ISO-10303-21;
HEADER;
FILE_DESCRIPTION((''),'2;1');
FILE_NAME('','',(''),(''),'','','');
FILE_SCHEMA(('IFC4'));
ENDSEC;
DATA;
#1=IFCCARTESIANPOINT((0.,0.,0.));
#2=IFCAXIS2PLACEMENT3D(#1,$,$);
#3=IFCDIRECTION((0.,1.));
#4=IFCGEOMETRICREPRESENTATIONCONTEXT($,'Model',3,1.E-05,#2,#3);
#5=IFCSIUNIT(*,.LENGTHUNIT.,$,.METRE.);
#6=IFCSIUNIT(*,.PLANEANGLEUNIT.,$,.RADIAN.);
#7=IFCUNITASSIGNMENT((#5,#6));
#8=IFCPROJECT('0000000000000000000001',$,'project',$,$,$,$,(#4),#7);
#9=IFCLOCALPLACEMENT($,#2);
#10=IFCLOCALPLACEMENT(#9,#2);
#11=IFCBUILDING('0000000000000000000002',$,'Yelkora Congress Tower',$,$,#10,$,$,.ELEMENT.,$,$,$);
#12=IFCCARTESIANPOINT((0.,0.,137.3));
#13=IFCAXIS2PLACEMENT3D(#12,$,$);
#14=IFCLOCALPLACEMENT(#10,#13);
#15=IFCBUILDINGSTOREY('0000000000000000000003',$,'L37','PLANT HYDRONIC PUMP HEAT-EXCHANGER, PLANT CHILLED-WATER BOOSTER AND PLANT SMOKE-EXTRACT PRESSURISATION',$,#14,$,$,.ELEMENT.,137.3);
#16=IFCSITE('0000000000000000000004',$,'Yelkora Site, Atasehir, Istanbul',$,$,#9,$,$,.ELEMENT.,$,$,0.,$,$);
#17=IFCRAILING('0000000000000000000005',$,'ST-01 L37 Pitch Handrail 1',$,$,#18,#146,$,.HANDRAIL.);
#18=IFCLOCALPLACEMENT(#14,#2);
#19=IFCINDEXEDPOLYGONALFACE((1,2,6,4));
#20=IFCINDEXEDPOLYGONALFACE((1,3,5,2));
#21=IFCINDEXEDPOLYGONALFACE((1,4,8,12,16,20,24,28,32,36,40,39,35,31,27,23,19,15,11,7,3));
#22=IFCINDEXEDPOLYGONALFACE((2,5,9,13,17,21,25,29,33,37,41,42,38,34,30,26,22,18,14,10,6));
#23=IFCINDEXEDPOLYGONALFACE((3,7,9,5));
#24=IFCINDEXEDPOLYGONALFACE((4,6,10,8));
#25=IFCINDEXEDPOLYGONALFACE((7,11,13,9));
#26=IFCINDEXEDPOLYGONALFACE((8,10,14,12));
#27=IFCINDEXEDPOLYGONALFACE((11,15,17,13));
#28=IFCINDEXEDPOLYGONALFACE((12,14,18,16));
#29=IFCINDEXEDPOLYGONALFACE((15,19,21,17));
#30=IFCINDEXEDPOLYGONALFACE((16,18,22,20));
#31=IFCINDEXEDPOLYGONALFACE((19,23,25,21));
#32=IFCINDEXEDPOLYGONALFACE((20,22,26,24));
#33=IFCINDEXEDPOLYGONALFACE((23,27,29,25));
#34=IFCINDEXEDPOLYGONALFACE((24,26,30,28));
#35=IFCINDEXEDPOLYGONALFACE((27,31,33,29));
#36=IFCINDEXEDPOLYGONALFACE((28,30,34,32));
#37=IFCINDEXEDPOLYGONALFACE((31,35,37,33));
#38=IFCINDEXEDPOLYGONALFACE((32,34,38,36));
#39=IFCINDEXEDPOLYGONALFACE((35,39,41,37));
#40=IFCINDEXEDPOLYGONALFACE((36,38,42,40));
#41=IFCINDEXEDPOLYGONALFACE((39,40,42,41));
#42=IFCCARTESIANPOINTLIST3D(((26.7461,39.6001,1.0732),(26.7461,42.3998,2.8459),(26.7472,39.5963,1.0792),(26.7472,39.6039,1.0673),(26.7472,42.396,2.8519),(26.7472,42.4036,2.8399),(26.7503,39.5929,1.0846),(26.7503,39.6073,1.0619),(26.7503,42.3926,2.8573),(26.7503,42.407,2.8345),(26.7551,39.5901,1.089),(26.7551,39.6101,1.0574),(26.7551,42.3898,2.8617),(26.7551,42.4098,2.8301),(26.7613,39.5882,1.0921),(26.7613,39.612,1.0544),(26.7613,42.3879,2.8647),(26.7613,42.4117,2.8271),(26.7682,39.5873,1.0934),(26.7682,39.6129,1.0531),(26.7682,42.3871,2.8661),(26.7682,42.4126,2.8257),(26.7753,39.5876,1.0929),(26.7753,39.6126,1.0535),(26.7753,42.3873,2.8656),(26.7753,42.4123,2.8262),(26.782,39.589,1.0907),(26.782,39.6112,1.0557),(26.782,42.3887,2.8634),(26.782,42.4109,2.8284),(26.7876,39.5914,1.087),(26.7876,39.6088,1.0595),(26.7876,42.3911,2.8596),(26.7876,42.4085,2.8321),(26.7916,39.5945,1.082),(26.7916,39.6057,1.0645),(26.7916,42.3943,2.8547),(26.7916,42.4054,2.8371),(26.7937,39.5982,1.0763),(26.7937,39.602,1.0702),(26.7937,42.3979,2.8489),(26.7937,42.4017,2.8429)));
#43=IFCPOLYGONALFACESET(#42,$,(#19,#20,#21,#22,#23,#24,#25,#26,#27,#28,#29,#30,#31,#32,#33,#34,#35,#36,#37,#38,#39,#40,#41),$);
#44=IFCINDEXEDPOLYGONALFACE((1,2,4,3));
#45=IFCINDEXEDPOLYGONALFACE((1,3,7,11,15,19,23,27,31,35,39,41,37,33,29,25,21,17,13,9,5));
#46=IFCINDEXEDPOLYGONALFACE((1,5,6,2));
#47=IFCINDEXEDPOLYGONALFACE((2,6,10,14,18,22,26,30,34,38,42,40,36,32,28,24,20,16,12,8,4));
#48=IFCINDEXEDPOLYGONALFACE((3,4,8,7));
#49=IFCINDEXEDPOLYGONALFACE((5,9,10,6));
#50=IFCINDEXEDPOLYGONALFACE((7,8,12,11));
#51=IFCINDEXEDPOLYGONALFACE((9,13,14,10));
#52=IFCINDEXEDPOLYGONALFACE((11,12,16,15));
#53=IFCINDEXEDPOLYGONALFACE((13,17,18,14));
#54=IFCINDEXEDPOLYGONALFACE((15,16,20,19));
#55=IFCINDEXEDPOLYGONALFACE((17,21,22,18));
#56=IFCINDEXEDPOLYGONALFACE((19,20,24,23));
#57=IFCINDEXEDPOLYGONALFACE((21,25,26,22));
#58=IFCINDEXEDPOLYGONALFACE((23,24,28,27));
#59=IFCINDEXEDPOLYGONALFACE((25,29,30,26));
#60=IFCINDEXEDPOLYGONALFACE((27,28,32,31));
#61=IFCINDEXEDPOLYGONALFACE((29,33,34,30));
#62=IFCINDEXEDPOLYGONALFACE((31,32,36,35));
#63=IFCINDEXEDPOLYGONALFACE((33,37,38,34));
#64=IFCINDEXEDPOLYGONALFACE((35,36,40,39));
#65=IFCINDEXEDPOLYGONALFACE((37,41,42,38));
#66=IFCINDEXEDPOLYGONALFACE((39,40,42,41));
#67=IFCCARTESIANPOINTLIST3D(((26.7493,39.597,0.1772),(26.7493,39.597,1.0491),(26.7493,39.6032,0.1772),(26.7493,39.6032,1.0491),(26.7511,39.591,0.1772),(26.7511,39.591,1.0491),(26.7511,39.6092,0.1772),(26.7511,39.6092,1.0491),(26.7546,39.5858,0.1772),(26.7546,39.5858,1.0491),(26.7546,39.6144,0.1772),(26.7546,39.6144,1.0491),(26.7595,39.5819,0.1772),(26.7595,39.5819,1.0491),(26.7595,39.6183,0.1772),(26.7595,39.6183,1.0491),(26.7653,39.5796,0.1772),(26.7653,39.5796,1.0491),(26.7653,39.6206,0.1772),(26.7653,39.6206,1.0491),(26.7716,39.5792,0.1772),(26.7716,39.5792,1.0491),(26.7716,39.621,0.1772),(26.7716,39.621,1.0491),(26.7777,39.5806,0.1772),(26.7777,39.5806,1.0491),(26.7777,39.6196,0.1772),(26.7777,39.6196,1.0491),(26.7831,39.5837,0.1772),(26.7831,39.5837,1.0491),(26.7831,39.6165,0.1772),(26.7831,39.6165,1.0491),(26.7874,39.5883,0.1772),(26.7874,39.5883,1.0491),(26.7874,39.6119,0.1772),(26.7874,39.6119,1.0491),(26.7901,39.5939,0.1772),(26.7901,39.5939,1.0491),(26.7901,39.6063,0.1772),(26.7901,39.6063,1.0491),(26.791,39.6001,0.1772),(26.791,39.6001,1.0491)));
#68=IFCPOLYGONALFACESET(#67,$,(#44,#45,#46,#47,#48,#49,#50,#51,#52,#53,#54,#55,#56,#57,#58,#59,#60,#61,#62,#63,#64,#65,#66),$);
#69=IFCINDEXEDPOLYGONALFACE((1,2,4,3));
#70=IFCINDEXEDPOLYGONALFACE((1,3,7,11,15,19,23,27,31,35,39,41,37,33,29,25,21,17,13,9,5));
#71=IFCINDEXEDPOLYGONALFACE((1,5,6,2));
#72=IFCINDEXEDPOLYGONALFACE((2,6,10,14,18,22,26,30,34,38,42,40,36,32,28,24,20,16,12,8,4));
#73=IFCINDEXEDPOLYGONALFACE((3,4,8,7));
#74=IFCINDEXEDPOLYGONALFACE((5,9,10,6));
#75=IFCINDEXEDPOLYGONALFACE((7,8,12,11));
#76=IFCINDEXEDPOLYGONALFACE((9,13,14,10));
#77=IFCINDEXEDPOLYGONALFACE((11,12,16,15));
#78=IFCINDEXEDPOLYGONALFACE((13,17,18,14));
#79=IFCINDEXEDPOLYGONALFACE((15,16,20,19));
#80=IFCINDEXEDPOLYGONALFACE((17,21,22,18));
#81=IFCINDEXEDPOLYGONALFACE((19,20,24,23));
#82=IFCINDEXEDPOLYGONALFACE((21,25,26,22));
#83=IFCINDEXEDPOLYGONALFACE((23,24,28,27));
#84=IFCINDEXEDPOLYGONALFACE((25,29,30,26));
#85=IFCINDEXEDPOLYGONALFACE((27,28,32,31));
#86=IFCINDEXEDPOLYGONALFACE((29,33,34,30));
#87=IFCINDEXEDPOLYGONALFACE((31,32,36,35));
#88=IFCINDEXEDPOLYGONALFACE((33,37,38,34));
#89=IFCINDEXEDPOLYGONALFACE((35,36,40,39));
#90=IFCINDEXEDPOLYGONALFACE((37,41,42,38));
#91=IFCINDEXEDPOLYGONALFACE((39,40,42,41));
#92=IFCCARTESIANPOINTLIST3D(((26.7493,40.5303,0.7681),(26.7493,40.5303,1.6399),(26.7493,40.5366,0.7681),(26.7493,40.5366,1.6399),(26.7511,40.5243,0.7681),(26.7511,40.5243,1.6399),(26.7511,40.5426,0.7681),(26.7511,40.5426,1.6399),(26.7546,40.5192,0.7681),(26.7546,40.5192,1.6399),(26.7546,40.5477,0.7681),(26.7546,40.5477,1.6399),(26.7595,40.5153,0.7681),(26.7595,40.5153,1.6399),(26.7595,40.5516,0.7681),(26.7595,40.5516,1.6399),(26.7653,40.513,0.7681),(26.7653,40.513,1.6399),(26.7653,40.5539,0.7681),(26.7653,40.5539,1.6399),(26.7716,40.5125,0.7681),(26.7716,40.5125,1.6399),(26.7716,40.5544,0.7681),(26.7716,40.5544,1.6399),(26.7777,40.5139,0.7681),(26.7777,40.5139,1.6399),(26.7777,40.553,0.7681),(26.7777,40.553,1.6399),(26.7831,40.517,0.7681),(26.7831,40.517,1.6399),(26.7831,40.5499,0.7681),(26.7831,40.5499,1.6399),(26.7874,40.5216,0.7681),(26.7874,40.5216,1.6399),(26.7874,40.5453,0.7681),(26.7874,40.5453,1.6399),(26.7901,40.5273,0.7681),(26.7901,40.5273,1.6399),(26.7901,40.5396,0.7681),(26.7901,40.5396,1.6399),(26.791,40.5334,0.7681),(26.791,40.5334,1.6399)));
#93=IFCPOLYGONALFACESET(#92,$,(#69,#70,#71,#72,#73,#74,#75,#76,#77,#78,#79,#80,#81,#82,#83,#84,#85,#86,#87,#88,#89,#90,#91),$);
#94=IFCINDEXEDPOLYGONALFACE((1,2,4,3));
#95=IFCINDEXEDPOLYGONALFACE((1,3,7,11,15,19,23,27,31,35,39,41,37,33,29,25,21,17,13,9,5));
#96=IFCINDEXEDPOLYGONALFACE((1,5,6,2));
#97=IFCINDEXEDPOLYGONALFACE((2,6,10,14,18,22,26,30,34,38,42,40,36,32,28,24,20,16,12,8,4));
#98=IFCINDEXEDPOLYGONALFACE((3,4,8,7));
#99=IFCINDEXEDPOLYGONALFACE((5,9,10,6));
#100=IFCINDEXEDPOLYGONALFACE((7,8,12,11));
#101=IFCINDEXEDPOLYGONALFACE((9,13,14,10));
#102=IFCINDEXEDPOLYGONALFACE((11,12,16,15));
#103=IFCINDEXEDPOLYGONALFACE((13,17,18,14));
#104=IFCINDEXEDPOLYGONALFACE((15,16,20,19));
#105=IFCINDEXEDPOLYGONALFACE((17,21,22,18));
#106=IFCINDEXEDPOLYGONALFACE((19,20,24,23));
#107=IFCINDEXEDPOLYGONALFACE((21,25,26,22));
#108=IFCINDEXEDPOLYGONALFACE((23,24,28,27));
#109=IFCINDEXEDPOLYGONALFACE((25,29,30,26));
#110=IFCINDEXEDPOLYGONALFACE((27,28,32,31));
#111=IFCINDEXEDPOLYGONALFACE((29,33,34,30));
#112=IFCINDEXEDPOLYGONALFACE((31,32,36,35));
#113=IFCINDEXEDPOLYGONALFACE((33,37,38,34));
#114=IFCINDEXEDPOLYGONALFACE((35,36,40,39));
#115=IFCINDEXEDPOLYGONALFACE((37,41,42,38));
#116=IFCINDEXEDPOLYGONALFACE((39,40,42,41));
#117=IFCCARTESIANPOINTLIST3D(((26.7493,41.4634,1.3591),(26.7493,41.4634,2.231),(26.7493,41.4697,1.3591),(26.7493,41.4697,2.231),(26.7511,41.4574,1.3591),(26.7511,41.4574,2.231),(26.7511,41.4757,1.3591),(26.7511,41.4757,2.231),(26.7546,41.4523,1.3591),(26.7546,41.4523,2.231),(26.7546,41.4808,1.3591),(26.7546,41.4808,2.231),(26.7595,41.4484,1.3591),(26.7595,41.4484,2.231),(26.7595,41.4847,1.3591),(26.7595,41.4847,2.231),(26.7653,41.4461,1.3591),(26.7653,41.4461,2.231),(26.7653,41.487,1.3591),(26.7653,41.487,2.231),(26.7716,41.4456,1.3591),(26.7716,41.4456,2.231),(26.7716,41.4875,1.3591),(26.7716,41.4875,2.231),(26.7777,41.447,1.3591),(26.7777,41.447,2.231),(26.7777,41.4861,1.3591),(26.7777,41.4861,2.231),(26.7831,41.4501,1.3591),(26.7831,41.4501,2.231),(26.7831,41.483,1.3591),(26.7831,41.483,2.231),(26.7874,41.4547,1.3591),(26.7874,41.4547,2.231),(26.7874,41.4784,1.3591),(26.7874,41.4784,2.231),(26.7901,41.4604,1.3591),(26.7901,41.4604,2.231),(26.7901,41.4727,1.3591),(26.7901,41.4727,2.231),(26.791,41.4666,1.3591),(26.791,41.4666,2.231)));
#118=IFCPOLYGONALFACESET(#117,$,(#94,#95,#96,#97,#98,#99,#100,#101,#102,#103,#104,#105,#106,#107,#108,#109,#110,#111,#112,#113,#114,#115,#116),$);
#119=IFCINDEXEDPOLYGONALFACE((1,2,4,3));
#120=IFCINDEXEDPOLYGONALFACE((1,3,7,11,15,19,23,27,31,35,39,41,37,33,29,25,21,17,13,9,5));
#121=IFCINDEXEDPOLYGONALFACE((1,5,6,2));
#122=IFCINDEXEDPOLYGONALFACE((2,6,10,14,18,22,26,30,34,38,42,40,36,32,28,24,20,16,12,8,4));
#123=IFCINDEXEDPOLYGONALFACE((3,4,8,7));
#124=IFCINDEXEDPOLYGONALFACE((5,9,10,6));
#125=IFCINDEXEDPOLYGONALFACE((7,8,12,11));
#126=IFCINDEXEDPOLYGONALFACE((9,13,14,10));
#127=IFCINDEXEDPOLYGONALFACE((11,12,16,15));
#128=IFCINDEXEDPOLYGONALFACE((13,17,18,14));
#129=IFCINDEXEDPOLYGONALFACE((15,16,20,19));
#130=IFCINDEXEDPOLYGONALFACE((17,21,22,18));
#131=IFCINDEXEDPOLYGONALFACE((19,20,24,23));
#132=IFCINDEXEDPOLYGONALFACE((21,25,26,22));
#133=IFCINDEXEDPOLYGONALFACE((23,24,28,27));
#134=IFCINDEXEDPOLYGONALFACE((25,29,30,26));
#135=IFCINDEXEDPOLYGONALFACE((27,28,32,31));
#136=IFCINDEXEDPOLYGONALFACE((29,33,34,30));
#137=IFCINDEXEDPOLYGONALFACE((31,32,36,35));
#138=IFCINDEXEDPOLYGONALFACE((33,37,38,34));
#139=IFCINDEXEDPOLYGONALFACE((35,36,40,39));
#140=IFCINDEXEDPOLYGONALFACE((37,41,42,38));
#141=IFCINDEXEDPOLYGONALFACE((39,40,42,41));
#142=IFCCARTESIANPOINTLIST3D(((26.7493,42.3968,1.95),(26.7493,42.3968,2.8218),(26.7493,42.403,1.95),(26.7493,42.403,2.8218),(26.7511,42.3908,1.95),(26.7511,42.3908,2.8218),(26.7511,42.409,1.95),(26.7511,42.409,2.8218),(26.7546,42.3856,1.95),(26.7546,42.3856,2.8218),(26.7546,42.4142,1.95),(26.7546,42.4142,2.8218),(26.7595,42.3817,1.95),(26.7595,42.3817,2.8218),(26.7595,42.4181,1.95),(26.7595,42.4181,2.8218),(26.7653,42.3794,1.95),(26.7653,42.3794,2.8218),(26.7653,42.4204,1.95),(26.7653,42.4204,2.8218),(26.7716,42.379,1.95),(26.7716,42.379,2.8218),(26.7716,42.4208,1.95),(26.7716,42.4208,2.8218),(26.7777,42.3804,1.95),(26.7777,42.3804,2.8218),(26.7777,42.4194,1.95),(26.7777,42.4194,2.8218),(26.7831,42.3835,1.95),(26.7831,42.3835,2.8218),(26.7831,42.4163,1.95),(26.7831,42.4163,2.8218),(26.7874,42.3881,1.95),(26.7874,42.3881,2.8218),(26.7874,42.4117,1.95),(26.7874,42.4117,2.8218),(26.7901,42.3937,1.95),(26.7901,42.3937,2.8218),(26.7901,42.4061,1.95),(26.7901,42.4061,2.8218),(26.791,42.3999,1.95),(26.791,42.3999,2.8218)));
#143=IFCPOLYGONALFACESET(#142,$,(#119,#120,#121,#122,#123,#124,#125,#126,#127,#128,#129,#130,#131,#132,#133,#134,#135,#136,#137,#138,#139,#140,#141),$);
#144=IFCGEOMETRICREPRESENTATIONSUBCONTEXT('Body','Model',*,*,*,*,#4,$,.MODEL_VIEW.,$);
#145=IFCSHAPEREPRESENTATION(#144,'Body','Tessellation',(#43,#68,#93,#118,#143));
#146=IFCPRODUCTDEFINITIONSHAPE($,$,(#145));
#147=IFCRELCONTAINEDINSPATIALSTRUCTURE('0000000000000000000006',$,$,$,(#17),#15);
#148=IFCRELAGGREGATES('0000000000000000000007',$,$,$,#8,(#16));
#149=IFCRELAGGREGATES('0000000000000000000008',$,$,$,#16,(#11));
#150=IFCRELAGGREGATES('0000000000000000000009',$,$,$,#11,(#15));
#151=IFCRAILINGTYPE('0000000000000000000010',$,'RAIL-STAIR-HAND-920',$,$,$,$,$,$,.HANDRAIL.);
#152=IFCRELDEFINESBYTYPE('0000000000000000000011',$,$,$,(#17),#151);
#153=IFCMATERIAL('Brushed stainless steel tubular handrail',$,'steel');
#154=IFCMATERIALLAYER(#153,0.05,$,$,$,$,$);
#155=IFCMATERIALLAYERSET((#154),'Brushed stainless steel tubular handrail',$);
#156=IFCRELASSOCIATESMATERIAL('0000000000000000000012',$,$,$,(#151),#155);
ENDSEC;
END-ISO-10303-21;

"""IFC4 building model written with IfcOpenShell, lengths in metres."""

from ifc_helpers import new_model, si_unit, direction, frame, origin, origin_2d, place, context, subcontext, project, spatial, circle, extrude, material, layer, layer_set, type_object, element, save


model = new_model("IFC4")

# Units and contexts
model_context = context("Model", 3, precision=1e-05, world=origin(), true_north=direction((0.0, 1.0)))
body_context = subcontext(model_context, "Body", "Model", "MODEL_VIEW")
ifc_project = project(units=[si_unit("LENGTHUNIT", "METRE"), si_unit("PLANEANGLEUNIT", "RADIAN")], contexts=[model_context])

# Site, building, storey
site_placement = place(None, origin())
site = spatial("IfcSite", under=ifc_project, at=site_placement, Name="Yelkora Site, Atasehir, Istanbul", CompositionType="ELEMENT", RefElevation=0.0)
building_placement = place(site_placement, origin())
building = spatial("IfcBuilding", under=site, at=building_placement, Name="Yelkora Congress Tower", CompositionType="ELEMENT")
storey_placement = place(building_placement, frame((0.0, 0.0, 137.3)))
storey = spatial("IfcBuildingStorey", under=building, at=storey_placement, Name="L37", Description="PLANT HYDRONIC PUMP HEAT-EXCHANGER, PLANT CHILLED-WATER BOOSTER AND PLANT SMOKE-EXTRACT PRESSURISATION", CompositionType="ELEMENT", Elevation=137.3)

# Railing
ifc_material_1 = material(Name="Brushed stainless steel tubular handrail", Category="steel")
ifc_layer_1 = layer(ifc_material_1, 0.05)
ifc_layer_set_1 = layer_set([ifc_layer_1], Name="Brushed stainless steel tubular handrail")
railing_type_1 = type_object("IfcRailingType", Name="RAIL-STAIR-HAND-920", PredefinedType="HANDRAIL", material=ifc_layer_set_1)
railing_1_placement = place(storey_placement, frame((26.77, 39.6001, 0.1772)))
element("IfcRailing", 1, at=railing_1_placement, inside=storey, type_object=railing_type_1, Name="ST-01 L37 Pitch Handrail 1", PredefinedType="HANDRAIL", context=body_context, shape_type="SweptSolid", body=[
    extrude(circle(Radius=0.0239, at=origin_2d()), frame((0.0, 0.0, 0.896), z_axis=(0.0, 0.844888, 0.534943), x_axis=(-1.0, 0.0, 0.0)), (0.0, 0.0, 1.0), 3.3137),
    extrude(circle(Radius=0.021, at=origin_2d()), origin(), (0.0, 0.0, 1.0), 0.8718),
    extrude(circle(Radius=0.021, at=origin_2d()), frame((0.0, 0.9333, 0.5908)), (0.0, 0.0, 1.0), 0.8718),
    extrude(circle(Radius=0.021, at=origin_2d()), frame((0.0, 1.8665, 1.1819)), (0.0, 0.0, 1.0), 0.8718),
    extrude(circle(Radius=0.021, at=origin_2d()), frame((0.0, 2.7998, 1.7727)), (0.0, 0.0, 1.0), 0.8718),
])

save(model, "model.ifc")
